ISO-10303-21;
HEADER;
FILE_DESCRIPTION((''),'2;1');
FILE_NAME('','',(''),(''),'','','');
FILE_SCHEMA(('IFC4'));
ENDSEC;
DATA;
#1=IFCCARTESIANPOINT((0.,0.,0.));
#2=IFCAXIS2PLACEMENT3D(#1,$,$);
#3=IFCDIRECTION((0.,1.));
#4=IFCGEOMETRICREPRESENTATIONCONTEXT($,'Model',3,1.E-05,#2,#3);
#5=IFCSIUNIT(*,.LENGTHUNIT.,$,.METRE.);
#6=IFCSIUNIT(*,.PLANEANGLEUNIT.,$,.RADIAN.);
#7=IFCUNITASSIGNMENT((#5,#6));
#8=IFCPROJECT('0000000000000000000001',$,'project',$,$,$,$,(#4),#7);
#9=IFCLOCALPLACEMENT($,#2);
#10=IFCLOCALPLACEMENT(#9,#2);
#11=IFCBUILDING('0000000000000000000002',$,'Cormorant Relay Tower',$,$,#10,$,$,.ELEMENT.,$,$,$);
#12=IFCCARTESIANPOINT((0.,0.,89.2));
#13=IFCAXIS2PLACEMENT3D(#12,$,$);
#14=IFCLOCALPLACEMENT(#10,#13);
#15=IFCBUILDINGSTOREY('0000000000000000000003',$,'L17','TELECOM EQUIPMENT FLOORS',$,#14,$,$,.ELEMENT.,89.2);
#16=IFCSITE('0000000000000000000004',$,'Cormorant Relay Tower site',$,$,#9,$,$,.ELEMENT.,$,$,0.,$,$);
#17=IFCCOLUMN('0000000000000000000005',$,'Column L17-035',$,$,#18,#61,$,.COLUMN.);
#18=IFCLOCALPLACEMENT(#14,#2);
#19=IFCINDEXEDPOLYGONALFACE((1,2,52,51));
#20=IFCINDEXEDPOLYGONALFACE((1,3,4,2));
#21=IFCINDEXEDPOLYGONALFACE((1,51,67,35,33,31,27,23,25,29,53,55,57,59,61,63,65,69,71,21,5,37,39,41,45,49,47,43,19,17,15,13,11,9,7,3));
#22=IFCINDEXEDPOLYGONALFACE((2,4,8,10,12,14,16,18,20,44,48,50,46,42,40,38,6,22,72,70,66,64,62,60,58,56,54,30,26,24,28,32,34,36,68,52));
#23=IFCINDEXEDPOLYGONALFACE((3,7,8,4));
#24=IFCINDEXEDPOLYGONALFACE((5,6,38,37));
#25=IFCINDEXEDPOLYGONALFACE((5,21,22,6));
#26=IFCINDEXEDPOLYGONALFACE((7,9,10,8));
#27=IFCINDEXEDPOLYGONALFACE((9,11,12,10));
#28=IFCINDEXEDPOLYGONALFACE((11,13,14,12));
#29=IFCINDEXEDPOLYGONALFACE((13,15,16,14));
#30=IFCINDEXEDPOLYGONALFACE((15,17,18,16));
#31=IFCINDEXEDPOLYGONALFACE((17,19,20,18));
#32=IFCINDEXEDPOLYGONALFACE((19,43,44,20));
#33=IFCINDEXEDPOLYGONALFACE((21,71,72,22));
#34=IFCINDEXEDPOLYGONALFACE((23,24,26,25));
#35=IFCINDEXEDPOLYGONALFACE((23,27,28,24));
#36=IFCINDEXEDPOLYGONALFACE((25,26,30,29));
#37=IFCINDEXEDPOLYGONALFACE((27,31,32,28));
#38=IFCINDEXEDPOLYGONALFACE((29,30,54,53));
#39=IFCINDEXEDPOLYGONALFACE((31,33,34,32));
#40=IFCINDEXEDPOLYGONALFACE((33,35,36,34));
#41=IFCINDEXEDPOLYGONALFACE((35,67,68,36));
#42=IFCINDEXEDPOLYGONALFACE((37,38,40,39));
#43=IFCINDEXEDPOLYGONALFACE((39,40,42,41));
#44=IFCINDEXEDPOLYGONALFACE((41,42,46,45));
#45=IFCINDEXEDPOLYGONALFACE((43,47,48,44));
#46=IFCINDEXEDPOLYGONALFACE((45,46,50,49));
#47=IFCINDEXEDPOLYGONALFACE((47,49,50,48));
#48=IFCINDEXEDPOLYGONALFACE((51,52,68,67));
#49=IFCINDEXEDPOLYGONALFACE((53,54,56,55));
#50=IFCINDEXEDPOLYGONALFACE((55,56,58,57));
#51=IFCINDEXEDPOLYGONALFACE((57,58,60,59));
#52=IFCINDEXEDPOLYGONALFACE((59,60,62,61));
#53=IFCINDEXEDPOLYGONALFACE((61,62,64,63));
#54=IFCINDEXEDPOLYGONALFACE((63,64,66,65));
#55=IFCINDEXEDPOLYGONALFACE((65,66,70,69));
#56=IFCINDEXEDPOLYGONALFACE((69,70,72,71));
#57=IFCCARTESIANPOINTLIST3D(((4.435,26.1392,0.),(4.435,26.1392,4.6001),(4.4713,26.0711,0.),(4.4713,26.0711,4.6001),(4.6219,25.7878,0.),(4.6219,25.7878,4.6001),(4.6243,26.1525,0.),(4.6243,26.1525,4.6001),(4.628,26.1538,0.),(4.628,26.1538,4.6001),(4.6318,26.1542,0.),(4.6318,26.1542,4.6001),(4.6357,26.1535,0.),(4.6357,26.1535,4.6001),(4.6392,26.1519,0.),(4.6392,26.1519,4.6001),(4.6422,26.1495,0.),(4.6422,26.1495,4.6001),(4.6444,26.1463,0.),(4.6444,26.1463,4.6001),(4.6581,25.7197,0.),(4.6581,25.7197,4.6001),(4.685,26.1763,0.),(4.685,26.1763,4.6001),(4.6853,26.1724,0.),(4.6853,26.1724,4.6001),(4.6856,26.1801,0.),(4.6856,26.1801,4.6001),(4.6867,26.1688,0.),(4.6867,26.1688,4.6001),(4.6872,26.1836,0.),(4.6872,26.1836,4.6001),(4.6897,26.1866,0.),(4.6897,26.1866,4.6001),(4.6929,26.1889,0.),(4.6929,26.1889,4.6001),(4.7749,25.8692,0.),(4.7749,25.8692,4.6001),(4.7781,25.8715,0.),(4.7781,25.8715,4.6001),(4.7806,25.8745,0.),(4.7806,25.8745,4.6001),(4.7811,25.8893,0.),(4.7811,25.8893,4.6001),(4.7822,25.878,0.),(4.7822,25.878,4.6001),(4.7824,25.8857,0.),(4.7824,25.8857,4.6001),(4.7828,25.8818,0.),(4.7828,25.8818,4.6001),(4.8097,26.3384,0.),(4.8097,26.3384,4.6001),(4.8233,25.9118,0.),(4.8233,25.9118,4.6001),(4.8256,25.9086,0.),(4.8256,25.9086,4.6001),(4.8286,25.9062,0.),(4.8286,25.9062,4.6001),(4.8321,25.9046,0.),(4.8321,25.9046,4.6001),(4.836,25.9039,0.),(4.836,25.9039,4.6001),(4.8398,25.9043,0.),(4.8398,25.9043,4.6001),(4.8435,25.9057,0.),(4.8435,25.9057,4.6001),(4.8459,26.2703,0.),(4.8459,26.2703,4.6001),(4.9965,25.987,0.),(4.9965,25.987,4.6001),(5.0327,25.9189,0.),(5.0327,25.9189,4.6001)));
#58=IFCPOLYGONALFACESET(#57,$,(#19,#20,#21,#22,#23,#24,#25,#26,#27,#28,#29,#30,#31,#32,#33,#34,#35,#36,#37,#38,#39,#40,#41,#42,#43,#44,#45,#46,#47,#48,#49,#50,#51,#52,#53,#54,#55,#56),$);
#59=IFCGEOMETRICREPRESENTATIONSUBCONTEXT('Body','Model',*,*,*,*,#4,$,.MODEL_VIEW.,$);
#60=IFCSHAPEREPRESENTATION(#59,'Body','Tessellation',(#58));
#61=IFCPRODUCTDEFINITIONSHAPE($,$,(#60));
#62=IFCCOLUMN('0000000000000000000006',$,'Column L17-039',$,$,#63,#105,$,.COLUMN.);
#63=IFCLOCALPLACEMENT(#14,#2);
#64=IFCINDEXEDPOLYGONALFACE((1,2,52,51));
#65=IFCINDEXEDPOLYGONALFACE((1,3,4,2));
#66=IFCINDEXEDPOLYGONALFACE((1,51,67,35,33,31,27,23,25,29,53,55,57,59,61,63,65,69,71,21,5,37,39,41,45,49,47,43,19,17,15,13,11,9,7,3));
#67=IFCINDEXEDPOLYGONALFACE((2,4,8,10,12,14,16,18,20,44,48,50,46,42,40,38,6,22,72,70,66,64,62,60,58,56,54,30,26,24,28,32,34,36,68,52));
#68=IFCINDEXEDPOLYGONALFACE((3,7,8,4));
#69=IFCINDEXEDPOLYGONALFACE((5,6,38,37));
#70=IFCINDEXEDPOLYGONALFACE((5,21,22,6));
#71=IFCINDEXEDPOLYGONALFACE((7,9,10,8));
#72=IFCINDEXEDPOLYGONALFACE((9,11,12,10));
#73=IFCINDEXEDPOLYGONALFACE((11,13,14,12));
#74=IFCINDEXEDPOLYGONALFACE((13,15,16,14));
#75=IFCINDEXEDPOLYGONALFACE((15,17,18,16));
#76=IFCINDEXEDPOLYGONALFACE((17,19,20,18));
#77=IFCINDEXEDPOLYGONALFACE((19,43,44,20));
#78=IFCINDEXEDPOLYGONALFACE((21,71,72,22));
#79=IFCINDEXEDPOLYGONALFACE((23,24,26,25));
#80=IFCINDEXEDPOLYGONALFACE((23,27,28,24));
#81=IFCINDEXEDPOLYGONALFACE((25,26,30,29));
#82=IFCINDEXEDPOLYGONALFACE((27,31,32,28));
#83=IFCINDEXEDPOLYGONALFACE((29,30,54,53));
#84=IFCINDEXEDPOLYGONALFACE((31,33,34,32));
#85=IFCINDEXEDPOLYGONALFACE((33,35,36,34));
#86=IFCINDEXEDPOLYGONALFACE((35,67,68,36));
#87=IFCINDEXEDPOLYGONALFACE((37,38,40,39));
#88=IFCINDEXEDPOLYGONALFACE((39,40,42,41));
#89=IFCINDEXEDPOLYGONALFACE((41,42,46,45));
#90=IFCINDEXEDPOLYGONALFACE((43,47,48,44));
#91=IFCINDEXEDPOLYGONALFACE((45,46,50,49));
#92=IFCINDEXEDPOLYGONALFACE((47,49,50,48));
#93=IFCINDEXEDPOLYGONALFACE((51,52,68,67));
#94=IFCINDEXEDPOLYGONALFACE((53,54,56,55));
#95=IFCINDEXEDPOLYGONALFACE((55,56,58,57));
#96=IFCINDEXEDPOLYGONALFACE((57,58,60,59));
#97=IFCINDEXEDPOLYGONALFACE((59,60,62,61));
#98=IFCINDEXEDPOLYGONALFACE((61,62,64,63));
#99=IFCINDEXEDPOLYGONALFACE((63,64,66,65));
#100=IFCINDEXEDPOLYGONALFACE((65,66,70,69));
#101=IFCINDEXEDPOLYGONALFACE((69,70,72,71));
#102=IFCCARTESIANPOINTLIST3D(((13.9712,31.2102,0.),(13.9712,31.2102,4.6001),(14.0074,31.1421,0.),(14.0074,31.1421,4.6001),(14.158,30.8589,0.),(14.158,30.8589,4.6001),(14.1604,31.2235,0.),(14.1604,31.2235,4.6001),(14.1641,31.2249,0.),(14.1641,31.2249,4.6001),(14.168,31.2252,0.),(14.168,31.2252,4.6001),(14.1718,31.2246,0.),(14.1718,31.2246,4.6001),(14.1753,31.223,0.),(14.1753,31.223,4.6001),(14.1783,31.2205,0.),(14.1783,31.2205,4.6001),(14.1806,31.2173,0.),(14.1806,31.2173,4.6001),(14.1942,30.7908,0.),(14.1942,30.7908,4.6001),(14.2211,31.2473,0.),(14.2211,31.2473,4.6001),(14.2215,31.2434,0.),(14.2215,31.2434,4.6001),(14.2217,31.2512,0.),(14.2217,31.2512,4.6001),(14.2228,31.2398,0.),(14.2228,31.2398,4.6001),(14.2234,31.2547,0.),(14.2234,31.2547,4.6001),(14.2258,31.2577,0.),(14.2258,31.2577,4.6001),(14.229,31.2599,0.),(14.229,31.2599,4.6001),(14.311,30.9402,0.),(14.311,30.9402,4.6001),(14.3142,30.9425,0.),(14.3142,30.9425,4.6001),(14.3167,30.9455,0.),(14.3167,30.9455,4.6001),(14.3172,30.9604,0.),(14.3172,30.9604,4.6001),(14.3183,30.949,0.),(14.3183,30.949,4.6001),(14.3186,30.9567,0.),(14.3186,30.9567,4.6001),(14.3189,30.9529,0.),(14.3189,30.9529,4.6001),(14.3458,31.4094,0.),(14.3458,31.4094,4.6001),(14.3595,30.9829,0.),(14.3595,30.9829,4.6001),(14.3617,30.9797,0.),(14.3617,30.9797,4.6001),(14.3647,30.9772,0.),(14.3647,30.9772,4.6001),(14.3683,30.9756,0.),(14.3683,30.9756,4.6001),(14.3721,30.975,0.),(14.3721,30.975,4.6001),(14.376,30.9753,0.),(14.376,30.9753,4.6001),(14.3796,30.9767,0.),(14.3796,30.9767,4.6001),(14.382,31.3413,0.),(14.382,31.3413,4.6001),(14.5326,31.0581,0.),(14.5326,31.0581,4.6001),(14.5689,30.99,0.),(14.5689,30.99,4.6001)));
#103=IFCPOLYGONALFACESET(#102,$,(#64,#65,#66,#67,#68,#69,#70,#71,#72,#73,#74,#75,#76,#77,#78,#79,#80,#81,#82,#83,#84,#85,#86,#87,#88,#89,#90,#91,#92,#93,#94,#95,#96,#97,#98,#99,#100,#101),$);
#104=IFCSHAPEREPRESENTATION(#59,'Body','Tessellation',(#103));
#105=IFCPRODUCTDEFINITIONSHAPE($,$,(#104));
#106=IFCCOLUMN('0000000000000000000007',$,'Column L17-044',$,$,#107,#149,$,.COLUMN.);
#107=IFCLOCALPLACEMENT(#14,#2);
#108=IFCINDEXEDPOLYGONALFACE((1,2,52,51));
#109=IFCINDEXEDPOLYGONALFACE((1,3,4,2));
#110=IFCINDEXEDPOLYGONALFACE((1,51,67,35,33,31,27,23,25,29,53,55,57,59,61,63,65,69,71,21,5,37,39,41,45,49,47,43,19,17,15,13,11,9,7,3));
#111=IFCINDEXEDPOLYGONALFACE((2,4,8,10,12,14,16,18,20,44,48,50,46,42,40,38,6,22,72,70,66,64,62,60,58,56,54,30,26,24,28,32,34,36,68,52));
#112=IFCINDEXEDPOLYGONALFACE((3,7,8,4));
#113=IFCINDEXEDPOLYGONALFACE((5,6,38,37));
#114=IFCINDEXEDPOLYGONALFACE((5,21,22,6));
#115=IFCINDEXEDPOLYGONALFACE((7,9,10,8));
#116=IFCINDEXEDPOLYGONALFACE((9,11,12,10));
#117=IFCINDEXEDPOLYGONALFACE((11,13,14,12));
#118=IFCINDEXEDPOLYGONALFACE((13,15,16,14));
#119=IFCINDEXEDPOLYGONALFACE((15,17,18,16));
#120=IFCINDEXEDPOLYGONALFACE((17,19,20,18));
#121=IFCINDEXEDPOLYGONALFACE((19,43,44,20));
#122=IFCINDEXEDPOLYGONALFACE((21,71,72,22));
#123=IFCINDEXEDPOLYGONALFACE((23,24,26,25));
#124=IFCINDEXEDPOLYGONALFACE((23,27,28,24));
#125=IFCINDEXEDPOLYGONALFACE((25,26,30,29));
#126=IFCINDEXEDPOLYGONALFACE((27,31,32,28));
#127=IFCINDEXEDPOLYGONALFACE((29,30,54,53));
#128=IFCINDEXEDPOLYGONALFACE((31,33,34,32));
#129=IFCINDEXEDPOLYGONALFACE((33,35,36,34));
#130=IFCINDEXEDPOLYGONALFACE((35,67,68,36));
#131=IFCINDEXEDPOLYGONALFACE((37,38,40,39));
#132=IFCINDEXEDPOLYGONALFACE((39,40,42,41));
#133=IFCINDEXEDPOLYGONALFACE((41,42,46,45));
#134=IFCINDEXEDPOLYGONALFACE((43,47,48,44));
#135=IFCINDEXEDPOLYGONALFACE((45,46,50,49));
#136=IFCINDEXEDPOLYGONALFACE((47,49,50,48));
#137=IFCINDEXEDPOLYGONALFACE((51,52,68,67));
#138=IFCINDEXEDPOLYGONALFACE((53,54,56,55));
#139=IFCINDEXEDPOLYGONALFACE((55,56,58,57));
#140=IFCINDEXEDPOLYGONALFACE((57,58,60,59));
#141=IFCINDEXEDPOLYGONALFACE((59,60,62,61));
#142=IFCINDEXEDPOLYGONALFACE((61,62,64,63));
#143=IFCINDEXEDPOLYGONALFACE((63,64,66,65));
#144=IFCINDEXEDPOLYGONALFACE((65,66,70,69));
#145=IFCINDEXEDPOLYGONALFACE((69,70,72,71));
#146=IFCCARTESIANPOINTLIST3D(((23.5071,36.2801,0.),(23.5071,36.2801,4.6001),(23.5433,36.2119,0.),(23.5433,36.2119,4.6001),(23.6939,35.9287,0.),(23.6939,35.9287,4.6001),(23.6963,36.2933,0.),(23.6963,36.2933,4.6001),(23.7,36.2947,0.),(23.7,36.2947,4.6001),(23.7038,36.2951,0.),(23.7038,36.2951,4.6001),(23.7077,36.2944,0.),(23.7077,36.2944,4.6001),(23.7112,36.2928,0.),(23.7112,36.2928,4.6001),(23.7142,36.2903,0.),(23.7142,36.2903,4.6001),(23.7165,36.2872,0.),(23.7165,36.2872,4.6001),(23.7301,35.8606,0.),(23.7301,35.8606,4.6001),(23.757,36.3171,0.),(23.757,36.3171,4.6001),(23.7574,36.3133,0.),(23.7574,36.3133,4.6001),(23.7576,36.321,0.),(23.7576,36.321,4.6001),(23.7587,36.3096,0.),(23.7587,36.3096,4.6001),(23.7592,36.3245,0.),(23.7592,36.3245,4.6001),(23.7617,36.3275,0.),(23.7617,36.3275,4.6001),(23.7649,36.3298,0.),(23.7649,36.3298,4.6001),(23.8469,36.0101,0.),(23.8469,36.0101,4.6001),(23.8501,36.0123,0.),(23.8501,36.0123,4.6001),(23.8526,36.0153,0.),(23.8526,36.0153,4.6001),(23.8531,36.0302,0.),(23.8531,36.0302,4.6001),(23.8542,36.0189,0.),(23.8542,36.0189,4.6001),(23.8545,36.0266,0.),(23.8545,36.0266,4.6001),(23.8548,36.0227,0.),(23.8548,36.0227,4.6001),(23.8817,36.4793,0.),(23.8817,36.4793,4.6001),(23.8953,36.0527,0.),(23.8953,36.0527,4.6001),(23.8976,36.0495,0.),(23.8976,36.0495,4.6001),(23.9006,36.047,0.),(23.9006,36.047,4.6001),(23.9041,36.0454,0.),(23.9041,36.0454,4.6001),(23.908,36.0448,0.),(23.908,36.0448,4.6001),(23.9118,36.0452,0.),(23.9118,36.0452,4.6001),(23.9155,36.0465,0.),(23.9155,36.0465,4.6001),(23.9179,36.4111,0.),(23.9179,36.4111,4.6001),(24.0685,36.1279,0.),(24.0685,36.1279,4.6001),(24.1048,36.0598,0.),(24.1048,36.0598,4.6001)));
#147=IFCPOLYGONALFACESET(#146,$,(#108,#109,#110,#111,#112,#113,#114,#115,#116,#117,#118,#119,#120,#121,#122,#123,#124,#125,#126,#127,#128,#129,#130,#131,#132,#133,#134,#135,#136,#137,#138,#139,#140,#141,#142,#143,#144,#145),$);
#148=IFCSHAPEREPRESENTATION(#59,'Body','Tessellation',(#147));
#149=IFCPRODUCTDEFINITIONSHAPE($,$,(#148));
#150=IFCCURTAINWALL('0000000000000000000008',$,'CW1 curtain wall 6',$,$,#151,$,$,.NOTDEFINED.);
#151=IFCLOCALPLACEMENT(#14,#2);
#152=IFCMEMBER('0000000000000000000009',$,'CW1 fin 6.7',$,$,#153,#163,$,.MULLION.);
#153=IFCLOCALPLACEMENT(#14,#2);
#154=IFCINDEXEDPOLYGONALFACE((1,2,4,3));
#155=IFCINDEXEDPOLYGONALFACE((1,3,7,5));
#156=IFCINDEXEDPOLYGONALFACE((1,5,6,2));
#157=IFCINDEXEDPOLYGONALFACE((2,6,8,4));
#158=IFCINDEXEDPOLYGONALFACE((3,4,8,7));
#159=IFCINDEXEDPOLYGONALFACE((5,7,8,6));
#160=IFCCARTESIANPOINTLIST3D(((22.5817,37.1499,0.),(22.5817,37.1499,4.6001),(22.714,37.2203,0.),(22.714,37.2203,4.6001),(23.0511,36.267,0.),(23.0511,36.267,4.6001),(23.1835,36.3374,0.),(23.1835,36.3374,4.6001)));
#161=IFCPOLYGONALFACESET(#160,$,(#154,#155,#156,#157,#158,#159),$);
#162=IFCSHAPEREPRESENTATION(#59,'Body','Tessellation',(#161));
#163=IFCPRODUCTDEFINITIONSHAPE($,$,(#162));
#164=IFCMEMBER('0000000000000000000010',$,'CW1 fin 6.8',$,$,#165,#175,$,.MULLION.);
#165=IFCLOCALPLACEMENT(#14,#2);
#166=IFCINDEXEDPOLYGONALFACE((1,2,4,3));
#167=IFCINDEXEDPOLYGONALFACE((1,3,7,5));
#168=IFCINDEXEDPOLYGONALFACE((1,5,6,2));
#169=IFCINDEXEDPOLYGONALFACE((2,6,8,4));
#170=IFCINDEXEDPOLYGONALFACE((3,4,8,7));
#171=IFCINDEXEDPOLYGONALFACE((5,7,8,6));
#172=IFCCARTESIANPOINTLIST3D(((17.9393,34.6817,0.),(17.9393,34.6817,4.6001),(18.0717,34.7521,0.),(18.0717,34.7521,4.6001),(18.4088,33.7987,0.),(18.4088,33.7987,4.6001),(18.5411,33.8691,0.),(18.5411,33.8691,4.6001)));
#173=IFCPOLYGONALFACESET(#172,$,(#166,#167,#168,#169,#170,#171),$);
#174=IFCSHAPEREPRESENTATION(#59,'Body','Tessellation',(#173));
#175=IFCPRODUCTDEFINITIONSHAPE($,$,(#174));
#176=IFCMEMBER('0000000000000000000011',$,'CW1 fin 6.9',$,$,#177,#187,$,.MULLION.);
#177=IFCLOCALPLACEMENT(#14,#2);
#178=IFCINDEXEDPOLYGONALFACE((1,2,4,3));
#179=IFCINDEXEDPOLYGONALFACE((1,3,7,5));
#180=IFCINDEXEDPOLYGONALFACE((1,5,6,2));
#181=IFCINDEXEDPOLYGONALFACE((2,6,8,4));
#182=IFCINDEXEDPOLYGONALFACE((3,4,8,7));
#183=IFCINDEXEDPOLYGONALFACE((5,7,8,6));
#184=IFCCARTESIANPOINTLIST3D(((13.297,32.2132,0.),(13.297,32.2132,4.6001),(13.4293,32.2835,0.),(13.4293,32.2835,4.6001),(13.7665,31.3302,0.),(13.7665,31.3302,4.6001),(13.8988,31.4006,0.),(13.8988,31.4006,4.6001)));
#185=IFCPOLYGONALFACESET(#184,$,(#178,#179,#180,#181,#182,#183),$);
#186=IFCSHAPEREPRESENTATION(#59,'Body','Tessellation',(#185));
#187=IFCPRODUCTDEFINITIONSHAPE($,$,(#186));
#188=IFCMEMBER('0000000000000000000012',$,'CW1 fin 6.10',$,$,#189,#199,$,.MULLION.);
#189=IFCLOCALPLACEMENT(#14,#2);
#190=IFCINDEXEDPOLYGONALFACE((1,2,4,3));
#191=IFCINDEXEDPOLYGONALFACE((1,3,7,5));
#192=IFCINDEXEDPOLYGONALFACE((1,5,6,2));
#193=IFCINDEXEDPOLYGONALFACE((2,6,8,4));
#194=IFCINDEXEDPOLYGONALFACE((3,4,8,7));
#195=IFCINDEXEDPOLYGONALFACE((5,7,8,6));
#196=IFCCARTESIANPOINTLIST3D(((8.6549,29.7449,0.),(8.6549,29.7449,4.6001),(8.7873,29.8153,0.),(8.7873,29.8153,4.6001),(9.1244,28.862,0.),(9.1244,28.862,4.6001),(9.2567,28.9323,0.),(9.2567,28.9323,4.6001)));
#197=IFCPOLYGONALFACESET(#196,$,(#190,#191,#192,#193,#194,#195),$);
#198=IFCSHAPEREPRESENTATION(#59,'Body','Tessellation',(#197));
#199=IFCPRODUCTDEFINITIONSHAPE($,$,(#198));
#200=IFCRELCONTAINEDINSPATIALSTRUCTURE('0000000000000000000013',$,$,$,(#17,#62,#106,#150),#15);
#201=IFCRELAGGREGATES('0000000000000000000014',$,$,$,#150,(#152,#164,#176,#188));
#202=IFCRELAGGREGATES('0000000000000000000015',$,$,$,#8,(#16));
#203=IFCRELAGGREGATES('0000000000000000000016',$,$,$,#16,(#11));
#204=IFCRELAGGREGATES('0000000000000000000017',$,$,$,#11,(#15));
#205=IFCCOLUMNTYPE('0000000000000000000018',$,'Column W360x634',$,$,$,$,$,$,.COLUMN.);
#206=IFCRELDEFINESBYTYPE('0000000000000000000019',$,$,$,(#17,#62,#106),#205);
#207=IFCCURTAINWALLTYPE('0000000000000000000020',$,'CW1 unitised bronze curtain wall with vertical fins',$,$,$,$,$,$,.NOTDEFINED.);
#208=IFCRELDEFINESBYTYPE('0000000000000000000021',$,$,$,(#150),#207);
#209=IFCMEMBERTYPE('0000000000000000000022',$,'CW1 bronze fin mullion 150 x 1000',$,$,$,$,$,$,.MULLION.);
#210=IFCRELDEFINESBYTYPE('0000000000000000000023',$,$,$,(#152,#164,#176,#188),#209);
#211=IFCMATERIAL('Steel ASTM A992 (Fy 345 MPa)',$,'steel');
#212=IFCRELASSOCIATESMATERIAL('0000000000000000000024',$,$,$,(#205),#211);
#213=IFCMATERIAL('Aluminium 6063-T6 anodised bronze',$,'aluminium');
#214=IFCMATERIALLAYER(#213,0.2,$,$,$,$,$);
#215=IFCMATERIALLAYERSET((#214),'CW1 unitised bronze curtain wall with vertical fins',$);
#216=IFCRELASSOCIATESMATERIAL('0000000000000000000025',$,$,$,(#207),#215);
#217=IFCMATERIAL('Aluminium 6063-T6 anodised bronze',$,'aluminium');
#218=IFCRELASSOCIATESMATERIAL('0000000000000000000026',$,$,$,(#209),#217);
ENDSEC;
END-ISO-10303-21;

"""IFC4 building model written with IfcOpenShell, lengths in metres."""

from ifc_helpers import new_model, si_unit, direction, frame, origin, origin_2d, place, context, subcontext, project, spatial, rectangle, i_section, extrude, material, layer, layer_set, material_profile, profile_set, type_object, element, aggregate, save


model = new_model("IFC4")

# Units and contexts
model_context = context("Model", 3, precision=1e-05, world=origin(), true_north=direction((0.0, 1.0)))
body_context = subcontext(model_context, "Body", "Model", "MODEL_VIEW")
ifc_project = project(units=[si_unit("LENGTHUNIT", "METRE"), si_unit("PLANEANGLEUNIT", "RADIAN")], contexts=[model_context])

# Site, building, storey
site_placement = place(None, origin())
site = spatial("IfcSite", under=ifc_project, at=site_placement, Name="Cormorant Relay Tower site", CompositionType="ELEMENT", RefElevation=0.0)
building_placement = place(site_placement, origin())
building = spatial("IfcBuilding", under=site, at=building_placement, Name="Cormorant Relay Tower", CompositionType="ELEMENT")
storey_placement = place(building_placement, frame((0.0, 0.0, 89.2)))
storey = spatial("IfcBuildingStorey", under=building, at=storey_placement, Name="L17", Description="TELECOM EQUIPMENT FLOORS", CompositionType="ELEMENT", Elevation=89.2)

# Columns
ifc_material_1 = material(Name="Steel ASTM A992 (Fy 345 MPa)", Category="steel")
ifc_material_profile_1 = material_profile(ifc_material_1, i_section(OverallWidth=0.4243, OverallDepth=0.4751, WebThickness=0.0479, FlangeThickness=0.0771, FilletRadius=0.0149, at=origin_2d()), Name="W360x634")
ifc_profile_set_1 = profile_set([ifc_material_profile_1], Name="Steel ASTM A992 (Fy 345 MPa)")
column_type = type_object("IfcColumnType", Name="Column W360x634", PredefinedType="COLUMN", material=ifc_profile_set_1)
for number, where, z_axis, x_axis, name in (
    (1, (4.7339, 26.0291, 0.0), (0.0, 0.0, 1.0), (-0.882948, -0.469472, 0.0), "Column L17-035"),
    (2, (14.27, 31.1001, 0.0), (0.0, 0.0, 1.0), (-0.882948, -0.469472, 0.0), "Column L17-039"),
    (3, (23.8059, 36.1699, 0.0), (0.0, 0.0, 1.0), (-0.882948, -0.469472, 0.0), "Column L17-044"),
):
    element("IfcColumn", number, at=place(storey_placement, frame(where, z_axis=z_axis, x_axis=x_axis)), inside=storey, type_object=column_type, Name=name, PredefinedType="COLUMN", context=body_context, shape_type="SweptSolid", body=[
        extrude(i_section(OverallWidth=0.4243, OverallDepth=0.4751, WebThickness=0.0479, FlangeThickness=0.0771, FilletRadius=0.0149, at=origin_2d()), origin(), (0.0, 0.0, 1.0), 4.6001),
    ])

# Curtain wall, members
ifc_material_2 = material(Name="Aluminium 6063-T6 anodised bronze", Category="aluminium")
ifc_layer_1 = layer(ifc_material_2, 0.2)
ifc_layer_set_1 = layer_set([ifc_layer_1], Name="CW1 unitised bronze curtain wall with vertical fins")
curtain_wall_type = type_object("IfcCurtainWallType", Name="CW1 unitised bronze curtain wall with vertical fins", PredefinedType="NOTDEFINED", material=ifc_layer_set_1)
curtain_wall_1_placement = place(storey_placement, origin())
curtain_wall_1 = element("IfcCurtainWall", 4, at=curtain_wall_1_placement, inside=storey, type_object=curtain_wall_type, Name="CW1 curtain wall 6", PredefinedType="NOTDEFINED")
ifc_material_3 = material(Name="Aluminium 6063-T6 anodised bronze", Category="aluminium")
ifc_material_profile_2 = material_profile(ifc_material_3, rectangle(XDim=0.1499, YDim=1.0, at=origin_2d()), Name="AL 150x1000")
ifc_profile_set_2 = profile_set([ifc_material_profile_2], Name="Aluminium 6063-T6 anodised bronze")
member_type_1 = type_object("IfcMemberType", Name="CW1 bronze fin mullion 150 x 1000", PredefinedType="MULLION", material=ifc_profile_set_2)
member_1_placement = place(storey_placement, frame((22.8826, 36.7437, 0.0), z_axis=(0.0, 0.0, 1.0), x_axis=(-0.882948, -0.469472, 0.0)))
member_1 = element("IfcMember", 5, at=member_1_placement, type_object=member_type_1, Name="CW1 fin 6.7", PredefinedType="MULLION", context=body_context, shape_type="SweptSolid", body=[
    extrude(rectangle(XDim=0.1499, YDim=1.0, at=origin_2d()), origin(), (0.0, 0.0, 1.0), 4.6001),
])
member_2_placement = place(storey_placement, frame((18.2402, 34.2754, 0.0), z_axis=(0.0, 0.0, 1.0), x_axis=(-0.882948, -0.469472, 0.0)))
member_2 = element("IfcMember", 6, at=member_2_placement, type_object=member_type_1, Name="CW1 fin 6.8", PredefinedType="MULLION", context=body_context, shape_type="SweptSolid", body=[
    extrude(rectangle(XDim=0.1499, YDim=1.0, at=origin_2d()), origin(), (0.0, 0.0, 1.0), 4.6001),
])
member_3_placement = place(storey_placement, frame((13.5979, 31.8069, 0.0), z_axis=(0.0, 0.0, 1.0), x_axis=(-0.882948, -0.469472, 0.0)))
member_3 = element("IfcMember", 7, at=member_3_placement, type_object=member_type_1, Name="CW1 fin 6.9", PredefinedType="MULLION", context=body_context, shape_type="SweptSolid", body=[
    extrude(rectangle(XDim=0.1499, YDim=1.0, at=origin_2d()), origin(), (0.0, 0.0, 1.0), 4.6001),
])
member_4_placement = place(storey_placement, frame((8.9558, 29.3386, 0.0), z_axis=(0.0, 0.0, 1.0), x_axis=(-0.882948, -0.469472, 0.0)))
member_4 = element("IfcMember", 8, at=member_4_placement, type_object=member_type_1, Name="CW1 fin 6.10", PredefinedType="MULLION", context=body_context, shape_type="SweptSolid", body=[
    extrude(rectangle(XDim=0.1499, YDim=1.0, at=origin_2d()), origin(), (0.0, 0.0, 1.0), 4.6001),
])

aggregate(curtain_wall_1, [member_1, member_2, member_3, member_4])

save(model, "model.ifc")
